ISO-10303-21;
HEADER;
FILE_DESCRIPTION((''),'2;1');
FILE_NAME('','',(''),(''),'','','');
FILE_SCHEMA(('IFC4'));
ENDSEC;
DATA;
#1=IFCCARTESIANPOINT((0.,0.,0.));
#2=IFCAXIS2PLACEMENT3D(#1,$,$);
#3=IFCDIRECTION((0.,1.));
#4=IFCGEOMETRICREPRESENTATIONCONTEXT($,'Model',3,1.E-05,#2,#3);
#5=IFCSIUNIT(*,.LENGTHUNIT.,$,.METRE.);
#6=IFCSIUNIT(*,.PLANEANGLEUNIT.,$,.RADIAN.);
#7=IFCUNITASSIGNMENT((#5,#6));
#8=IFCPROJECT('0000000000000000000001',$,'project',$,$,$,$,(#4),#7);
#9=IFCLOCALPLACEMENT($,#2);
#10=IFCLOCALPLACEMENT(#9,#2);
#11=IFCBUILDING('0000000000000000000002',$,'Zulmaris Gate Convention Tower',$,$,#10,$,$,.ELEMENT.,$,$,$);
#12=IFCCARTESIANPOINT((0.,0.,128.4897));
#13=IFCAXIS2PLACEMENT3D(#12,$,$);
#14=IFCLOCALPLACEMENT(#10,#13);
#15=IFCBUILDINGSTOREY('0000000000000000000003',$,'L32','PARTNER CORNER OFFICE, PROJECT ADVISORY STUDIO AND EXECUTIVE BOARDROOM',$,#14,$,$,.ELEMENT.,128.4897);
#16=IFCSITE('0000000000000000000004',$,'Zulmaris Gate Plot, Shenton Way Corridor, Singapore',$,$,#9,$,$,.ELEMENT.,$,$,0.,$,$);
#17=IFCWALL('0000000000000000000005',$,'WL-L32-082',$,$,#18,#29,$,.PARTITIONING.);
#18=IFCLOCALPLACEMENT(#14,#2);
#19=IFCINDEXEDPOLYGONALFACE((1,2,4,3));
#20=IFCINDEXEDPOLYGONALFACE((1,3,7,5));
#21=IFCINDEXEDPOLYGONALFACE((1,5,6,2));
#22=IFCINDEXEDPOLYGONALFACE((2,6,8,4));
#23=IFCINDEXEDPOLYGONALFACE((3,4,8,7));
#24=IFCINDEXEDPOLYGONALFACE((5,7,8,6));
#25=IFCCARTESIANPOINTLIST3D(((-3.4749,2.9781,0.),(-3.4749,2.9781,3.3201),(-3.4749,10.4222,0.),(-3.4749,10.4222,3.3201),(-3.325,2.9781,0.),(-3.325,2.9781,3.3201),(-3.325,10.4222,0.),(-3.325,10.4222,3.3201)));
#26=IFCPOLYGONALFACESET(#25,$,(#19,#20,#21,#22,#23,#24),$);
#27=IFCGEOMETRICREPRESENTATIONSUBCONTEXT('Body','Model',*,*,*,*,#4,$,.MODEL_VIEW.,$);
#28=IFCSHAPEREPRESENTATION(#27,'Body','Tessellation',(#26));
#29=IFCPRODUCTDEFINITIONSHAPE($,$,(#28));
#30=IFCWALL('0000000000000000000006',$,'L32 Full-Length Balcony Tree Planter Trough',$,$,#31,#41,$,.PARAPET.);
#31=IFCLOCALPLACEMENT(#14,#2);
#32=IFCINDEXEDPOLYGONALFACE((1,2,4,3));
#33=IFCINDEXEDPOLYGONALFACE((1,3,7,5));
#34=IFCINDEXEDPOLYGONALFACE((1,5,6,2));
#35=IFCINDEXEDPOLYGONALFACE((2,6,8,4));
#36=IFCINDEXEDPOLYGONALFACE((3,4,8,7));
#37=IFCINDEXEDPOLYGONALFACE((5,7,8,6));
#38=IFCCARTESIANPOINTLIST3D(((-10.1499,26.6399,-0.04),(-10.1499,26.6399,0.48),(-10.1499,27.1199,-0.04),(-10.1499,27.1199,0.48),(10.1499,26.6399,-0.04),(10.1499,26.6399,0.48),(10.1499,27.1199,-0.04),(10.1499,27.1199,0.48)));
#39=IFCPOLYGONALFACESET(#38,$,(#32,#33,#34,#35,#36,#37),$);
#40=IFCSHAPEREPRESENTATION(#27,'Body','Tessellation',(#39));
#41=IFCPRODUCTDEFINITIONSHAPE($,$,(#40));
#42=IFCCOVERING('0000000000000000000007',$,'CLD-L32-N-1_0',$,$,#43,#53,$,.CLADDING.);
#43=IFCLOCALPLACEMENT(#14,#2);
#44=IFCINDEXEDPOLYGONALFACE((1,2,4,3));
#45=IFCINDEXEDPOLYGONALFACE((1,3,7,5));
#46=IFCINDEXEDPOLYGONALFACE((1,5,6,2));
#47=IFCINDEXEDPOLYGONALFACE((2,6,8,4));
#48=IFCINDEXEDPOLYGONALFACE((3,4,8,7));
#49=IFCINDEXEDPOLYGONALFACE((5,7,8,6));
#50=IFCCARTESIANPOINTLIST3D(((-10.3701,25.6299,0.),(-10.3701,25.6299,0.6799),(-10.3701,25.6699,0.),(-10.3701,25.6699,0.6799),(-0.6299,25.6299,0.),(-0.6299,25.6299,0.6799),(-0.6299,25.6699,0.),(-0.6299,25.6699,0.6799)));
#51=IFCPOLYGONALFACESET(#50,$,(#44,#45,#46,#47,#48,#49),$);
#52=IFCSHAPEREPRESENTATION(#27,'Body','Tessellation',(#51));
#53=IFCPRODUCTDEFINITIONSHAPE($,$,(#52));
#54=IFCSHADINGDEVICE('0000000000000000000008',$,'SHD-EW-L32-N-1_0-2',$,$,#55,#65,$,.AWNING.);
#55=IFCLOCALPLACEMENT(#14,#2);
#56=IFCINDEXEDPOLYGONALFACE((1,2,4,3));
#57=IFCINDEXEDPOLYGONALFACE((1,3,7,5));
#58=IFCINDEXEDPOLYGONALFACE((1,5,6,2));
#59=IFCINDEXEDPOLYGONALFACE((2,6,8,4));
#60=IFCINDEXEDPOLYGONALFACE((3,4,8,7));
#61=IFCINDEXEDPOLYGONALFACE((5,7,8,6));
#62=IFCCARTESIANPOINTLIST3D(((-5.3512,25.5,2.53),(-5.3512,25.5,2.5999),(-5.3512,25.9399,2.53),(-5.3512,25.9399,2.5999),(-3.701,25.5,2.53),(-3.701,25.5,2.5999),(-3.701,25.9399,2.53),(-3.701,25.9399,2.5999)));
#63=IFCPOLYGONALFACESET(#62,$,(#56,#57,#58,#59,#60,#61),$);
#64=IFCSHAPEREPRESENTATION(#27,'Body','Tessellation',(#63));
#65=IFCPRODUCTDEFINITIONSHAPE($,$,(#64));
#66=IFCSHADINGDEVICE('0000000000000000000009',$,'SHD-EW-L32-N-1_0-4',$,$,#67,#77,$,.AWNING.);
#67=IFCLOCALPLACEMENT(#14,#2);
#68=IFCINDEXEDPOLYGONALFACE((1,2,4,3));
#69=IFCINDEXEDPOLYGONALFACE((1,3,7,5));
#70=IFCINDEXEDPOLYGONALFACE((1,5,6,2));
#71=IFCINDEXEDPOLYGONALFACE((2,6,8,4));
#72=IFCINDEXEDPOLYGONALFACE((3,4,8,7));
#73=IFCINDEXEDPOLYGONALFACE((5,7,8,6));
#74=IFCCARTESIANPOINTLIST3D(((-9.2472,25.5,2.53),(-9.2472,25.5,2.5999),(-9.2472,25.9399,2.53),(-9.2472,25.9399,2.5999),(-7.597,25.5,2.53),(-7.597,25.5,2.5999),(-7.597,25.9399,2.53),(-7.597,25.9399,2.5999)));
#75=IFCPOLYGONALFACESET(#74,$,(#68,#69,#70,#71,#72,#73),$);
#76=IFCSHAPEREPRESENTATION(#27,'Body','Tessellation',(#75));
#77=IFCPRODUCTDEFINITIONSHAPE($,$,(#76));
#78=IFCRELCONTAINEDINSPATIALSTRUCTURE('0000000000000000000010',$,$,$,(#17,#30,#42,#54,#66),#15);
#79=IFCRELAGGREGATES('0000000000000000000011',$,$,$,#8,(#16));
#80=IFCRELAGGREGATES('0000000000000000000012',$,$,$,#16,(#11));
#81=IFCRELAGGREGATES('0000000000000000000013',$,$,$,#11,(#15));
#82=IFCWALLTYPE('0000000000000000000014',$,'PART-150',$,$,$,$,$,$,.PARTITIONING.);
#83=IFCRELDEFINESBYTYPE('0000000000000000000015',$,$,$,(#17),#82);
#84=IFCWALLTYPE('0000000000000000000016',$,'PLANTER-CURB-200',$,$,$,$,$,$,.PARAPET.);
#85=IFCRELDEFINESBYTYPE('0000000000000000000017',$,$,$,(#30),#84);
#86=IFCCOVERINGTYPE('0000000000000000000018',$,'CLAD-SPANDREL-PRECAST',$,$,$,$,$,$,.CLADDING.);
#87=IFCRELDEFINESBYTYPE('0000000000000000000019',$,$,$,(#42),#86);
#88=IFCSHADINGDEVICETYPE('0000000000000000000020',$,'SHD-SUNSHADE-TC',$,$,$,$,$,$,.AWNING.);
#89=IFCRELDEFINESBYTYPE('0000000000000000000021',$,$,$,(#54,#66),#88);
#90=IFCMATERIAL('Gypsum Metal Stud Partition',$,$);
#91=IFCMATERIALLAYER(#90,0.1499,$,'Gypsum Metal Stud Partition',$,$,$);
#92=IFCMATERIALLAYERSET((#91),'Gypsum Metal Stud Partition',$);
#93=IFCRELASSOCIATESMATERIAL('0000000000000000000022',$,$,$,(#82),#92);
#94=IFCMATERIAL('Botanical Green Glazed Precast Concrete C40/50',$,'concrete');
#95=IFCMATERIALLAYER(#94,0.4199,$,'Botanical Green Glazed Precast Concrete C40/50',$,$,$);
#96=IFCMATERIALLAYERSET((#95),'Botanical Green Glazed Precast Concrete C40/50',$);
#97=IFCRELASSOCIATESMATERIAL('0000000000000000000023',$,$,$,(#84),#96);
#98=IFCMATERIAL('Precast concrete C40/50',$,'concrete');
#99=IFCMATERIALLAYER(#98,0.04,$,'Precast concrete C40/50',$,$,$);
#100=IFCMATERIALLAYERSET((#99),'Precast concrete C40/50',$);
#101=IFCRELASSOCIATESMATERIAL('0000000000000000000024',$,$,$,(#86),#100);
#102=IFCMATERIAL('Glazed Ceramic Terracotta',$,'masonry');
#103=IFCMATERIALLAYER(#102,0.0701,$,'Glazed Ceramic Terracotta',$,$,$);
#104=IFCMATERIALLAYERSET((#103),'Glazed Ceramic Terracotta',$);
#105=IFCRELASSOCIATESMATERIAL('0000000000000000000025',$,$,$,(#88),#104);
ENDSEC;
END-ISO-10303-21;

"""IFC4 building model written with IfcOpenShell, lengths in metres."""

from ifc_helpers import new_model, si_unit, direction, frame, frame_2d, origin, place, context, subcontext, project, spatial, rectangle, extrude, material, layer, layer_set, type_object, element, save


model = new_model("IFC4")

# Units and contexts
model_context = context("Model", 3, precision=1e-05, world=origin(), true_north=direction((0.0, 1.0)))
body_context = subcontext(model_context, "Body", "Model", "MODEL_VIEW")
ifc_project = project(units=[si_unit("LENGTHUNIT", "METRE"), si_unit("PLANEANGLEUNIT", "RADIAN")], contexts=[model_context])

# Site, building, storey
site_placement = place(None, origin())
site = spatial("IfcSite", under=ifc_project, at=site_placement, Name="Zulmaris Gate Plot, Shenton Way Corridor, Singapore", CompositionType="ELEMENT", RefElevation=0.0)
building_placement = place(site_placement, origin())
building = spatial("IfcBuilding", under=site, at=building_placement, Name="Zulmaris Gate Convention Tower", CompositionType="ELEMENT")
storey_placement = place(building_placement, frame((0.0, 0.0, 128.4897)))
storey = spatial("IfcBuildingStorey", under=building, at=storey_placement, Name="L32", Description="PARTNER CORNER OFFICE, PROJECT ADVISORY STUDIO AND EXECUTIVE BOARDROOM", CompositionType="ELEMENT", Elevation=128.4897)

# Shared definitions
ifc_material_1 = material(Name="Gypsum Metal Stud Partition")
ifc_layer_1 = layer(ifc_material_1, 0.1499, Name="Gypsum Metal Stud Partition")
ifc_layer_set_1 = layer_set([ifc_layer_1], Name="Gypsum Metal Stud Partition")
wall_type_1 = type_object("IfcWallType", Name="PART-150", PredefinedType="PARTITIONING", material=ifc_layer_set_1)

# Walls
wall_1_placement = place(storey_placement, frame((-3.3999, 2.978, 0.0), z_axis=(0.0, 0.0, 1.0), x_axis=(0.0, 1.0, 0.0)))
element("IfcWall", 1, at=wall_1_placement, inside=storey, type_object=wall_type_1, Name="WL-L32-082", PredefinedType="PARTITIONING", context=body_context, shape_type="SweptSolid", body=[
    extrude(rectangle(XDim=7.4441, YDim=0.1499, at=frame_2d((3.7222, 0.0))), origin(), (0.0, 0.0, 1.0), 3.3201),
])
ifc_material_2 = material(Name="Botanical Green Glazed Precast Concrete C40/50", Category="concrete")
ifc_layer_2 = layer(ifc_material_2, 0.4199, Name="Botanical Green Glazed Precast Concrete C40/50")
ifc_layer_set_2 = layer_set([ifc_layer_2], Name="Botanical Green Glazed Precast Concrete C40/50")
wall_type_2 = type_object("IfcWallType", Name="PLANTER-CURB-200", PredefinedType="PARAPET", material=ifc_layer_set_2)
wall_2_placement = place(storey_placement, frame((-10.1499, 26.8799, -0.04), z_axis=(0.0, 0.0, 1.0), x_axis=(1.0, 0.0, 0.0)))
element("IfcWall", 2, at=wall_2_placement, inside=storey, type_object=wall_type_2, Name="L32 Full-Length Balcony Tree Planter Trough", PredefinedType="PARAPET", context=body_context, shape_type="SweptSolid", body=[
    extrude(rectangle(XDim=20.2998, YDim=0.48, at=frame_2d((10.1499, 0.0))), origin(), (0.0, 0.0, 1.0), 0.52),
])

# Shared definitions
ifc_material_3 = material(Name="Precast concrete C40/50", Category="concrete")

# Covering
ifc_layer_3 = layer(ifc_material_3, 0.04, Name="Precast concrete C40/50")
ifc_layer_set_3 = layer_set([ifc_layer_3], Name="Precast concrete C40/50")
covering_type = type_object("IfcCoveringType", Name="CLAD-SPANDREL-PRECAST", PredefinedType="CLADDING", material=ifc_layer_set_3)
covering_placement = place(storey_placement, frame((-0.6299, 25.6499, 0.0), z_axis=(0.0, 0.0, 1.0), x_axis=(-1.0, 0.0, 0.0)))
element("IfcCovering", 3, at=covering_placement, inside=storey, type_object=covering_type, Name="CLD-L32-N-1_0", PredefinedType="CLADDING", context=body_context, shape_type="SweptSolid", body=[
    extrude(rectangle(XDim=9.7402, YDim=0.04, at=frame_2d((4.8701, 0.0))), origin(), (0.0, 0.0, 1.0), 0.6799),
])

# Shading devices
ifc_material_4 = material(Name="Glazed Ceramic Terracotta", Category="masonry")
ifc_layer_4 = layer(ifc_material_4, 0.0701, Name="Glazed Ceramic Terracotta")
ifc_layer_set_4 = layer_set([ifc_layer_4], Name="Glazed Ceramic Terracotta")
shading_device_type = type_object("IfcShadingDeviceType", Name="SHD-SUNSHADE-TC", PredefinedType="AWNING", material=ifc_layer_set_4)
for number, where, z_axis, x_axis, name in (
    (4, (-3.7009, 25.72, 2.53), (0.0, 0.0, 1.0), (-1.0, 0.0, 0.0), "SHD-EW-L32-N-1_0-2"),
    (5, (-7.5969, 25.72, 2.53), (0.0, 0.0, 1.0), (-1.0, 0.0, 0.0), "SHD-EW-L32-N-1_0-4"),
):
    element("IfcShadingDevice", number, at=place(storey_placement, frame(where, z_axis=z_axis, x_axis=x_axis)), inside=storey, type_object=shading_device_type, Name=name, PredefinedType="AWNING", context=body_context, shape_type="SweptSolid", body=[
        extrude(rectangle(XDim=1.6501, YDim=0.4399, at=frame_2d((0.8252, 0.0))), origin(), (0.0, 0.0, 1.0), 0.0698),
    ])

save(model, "model.ifc")
